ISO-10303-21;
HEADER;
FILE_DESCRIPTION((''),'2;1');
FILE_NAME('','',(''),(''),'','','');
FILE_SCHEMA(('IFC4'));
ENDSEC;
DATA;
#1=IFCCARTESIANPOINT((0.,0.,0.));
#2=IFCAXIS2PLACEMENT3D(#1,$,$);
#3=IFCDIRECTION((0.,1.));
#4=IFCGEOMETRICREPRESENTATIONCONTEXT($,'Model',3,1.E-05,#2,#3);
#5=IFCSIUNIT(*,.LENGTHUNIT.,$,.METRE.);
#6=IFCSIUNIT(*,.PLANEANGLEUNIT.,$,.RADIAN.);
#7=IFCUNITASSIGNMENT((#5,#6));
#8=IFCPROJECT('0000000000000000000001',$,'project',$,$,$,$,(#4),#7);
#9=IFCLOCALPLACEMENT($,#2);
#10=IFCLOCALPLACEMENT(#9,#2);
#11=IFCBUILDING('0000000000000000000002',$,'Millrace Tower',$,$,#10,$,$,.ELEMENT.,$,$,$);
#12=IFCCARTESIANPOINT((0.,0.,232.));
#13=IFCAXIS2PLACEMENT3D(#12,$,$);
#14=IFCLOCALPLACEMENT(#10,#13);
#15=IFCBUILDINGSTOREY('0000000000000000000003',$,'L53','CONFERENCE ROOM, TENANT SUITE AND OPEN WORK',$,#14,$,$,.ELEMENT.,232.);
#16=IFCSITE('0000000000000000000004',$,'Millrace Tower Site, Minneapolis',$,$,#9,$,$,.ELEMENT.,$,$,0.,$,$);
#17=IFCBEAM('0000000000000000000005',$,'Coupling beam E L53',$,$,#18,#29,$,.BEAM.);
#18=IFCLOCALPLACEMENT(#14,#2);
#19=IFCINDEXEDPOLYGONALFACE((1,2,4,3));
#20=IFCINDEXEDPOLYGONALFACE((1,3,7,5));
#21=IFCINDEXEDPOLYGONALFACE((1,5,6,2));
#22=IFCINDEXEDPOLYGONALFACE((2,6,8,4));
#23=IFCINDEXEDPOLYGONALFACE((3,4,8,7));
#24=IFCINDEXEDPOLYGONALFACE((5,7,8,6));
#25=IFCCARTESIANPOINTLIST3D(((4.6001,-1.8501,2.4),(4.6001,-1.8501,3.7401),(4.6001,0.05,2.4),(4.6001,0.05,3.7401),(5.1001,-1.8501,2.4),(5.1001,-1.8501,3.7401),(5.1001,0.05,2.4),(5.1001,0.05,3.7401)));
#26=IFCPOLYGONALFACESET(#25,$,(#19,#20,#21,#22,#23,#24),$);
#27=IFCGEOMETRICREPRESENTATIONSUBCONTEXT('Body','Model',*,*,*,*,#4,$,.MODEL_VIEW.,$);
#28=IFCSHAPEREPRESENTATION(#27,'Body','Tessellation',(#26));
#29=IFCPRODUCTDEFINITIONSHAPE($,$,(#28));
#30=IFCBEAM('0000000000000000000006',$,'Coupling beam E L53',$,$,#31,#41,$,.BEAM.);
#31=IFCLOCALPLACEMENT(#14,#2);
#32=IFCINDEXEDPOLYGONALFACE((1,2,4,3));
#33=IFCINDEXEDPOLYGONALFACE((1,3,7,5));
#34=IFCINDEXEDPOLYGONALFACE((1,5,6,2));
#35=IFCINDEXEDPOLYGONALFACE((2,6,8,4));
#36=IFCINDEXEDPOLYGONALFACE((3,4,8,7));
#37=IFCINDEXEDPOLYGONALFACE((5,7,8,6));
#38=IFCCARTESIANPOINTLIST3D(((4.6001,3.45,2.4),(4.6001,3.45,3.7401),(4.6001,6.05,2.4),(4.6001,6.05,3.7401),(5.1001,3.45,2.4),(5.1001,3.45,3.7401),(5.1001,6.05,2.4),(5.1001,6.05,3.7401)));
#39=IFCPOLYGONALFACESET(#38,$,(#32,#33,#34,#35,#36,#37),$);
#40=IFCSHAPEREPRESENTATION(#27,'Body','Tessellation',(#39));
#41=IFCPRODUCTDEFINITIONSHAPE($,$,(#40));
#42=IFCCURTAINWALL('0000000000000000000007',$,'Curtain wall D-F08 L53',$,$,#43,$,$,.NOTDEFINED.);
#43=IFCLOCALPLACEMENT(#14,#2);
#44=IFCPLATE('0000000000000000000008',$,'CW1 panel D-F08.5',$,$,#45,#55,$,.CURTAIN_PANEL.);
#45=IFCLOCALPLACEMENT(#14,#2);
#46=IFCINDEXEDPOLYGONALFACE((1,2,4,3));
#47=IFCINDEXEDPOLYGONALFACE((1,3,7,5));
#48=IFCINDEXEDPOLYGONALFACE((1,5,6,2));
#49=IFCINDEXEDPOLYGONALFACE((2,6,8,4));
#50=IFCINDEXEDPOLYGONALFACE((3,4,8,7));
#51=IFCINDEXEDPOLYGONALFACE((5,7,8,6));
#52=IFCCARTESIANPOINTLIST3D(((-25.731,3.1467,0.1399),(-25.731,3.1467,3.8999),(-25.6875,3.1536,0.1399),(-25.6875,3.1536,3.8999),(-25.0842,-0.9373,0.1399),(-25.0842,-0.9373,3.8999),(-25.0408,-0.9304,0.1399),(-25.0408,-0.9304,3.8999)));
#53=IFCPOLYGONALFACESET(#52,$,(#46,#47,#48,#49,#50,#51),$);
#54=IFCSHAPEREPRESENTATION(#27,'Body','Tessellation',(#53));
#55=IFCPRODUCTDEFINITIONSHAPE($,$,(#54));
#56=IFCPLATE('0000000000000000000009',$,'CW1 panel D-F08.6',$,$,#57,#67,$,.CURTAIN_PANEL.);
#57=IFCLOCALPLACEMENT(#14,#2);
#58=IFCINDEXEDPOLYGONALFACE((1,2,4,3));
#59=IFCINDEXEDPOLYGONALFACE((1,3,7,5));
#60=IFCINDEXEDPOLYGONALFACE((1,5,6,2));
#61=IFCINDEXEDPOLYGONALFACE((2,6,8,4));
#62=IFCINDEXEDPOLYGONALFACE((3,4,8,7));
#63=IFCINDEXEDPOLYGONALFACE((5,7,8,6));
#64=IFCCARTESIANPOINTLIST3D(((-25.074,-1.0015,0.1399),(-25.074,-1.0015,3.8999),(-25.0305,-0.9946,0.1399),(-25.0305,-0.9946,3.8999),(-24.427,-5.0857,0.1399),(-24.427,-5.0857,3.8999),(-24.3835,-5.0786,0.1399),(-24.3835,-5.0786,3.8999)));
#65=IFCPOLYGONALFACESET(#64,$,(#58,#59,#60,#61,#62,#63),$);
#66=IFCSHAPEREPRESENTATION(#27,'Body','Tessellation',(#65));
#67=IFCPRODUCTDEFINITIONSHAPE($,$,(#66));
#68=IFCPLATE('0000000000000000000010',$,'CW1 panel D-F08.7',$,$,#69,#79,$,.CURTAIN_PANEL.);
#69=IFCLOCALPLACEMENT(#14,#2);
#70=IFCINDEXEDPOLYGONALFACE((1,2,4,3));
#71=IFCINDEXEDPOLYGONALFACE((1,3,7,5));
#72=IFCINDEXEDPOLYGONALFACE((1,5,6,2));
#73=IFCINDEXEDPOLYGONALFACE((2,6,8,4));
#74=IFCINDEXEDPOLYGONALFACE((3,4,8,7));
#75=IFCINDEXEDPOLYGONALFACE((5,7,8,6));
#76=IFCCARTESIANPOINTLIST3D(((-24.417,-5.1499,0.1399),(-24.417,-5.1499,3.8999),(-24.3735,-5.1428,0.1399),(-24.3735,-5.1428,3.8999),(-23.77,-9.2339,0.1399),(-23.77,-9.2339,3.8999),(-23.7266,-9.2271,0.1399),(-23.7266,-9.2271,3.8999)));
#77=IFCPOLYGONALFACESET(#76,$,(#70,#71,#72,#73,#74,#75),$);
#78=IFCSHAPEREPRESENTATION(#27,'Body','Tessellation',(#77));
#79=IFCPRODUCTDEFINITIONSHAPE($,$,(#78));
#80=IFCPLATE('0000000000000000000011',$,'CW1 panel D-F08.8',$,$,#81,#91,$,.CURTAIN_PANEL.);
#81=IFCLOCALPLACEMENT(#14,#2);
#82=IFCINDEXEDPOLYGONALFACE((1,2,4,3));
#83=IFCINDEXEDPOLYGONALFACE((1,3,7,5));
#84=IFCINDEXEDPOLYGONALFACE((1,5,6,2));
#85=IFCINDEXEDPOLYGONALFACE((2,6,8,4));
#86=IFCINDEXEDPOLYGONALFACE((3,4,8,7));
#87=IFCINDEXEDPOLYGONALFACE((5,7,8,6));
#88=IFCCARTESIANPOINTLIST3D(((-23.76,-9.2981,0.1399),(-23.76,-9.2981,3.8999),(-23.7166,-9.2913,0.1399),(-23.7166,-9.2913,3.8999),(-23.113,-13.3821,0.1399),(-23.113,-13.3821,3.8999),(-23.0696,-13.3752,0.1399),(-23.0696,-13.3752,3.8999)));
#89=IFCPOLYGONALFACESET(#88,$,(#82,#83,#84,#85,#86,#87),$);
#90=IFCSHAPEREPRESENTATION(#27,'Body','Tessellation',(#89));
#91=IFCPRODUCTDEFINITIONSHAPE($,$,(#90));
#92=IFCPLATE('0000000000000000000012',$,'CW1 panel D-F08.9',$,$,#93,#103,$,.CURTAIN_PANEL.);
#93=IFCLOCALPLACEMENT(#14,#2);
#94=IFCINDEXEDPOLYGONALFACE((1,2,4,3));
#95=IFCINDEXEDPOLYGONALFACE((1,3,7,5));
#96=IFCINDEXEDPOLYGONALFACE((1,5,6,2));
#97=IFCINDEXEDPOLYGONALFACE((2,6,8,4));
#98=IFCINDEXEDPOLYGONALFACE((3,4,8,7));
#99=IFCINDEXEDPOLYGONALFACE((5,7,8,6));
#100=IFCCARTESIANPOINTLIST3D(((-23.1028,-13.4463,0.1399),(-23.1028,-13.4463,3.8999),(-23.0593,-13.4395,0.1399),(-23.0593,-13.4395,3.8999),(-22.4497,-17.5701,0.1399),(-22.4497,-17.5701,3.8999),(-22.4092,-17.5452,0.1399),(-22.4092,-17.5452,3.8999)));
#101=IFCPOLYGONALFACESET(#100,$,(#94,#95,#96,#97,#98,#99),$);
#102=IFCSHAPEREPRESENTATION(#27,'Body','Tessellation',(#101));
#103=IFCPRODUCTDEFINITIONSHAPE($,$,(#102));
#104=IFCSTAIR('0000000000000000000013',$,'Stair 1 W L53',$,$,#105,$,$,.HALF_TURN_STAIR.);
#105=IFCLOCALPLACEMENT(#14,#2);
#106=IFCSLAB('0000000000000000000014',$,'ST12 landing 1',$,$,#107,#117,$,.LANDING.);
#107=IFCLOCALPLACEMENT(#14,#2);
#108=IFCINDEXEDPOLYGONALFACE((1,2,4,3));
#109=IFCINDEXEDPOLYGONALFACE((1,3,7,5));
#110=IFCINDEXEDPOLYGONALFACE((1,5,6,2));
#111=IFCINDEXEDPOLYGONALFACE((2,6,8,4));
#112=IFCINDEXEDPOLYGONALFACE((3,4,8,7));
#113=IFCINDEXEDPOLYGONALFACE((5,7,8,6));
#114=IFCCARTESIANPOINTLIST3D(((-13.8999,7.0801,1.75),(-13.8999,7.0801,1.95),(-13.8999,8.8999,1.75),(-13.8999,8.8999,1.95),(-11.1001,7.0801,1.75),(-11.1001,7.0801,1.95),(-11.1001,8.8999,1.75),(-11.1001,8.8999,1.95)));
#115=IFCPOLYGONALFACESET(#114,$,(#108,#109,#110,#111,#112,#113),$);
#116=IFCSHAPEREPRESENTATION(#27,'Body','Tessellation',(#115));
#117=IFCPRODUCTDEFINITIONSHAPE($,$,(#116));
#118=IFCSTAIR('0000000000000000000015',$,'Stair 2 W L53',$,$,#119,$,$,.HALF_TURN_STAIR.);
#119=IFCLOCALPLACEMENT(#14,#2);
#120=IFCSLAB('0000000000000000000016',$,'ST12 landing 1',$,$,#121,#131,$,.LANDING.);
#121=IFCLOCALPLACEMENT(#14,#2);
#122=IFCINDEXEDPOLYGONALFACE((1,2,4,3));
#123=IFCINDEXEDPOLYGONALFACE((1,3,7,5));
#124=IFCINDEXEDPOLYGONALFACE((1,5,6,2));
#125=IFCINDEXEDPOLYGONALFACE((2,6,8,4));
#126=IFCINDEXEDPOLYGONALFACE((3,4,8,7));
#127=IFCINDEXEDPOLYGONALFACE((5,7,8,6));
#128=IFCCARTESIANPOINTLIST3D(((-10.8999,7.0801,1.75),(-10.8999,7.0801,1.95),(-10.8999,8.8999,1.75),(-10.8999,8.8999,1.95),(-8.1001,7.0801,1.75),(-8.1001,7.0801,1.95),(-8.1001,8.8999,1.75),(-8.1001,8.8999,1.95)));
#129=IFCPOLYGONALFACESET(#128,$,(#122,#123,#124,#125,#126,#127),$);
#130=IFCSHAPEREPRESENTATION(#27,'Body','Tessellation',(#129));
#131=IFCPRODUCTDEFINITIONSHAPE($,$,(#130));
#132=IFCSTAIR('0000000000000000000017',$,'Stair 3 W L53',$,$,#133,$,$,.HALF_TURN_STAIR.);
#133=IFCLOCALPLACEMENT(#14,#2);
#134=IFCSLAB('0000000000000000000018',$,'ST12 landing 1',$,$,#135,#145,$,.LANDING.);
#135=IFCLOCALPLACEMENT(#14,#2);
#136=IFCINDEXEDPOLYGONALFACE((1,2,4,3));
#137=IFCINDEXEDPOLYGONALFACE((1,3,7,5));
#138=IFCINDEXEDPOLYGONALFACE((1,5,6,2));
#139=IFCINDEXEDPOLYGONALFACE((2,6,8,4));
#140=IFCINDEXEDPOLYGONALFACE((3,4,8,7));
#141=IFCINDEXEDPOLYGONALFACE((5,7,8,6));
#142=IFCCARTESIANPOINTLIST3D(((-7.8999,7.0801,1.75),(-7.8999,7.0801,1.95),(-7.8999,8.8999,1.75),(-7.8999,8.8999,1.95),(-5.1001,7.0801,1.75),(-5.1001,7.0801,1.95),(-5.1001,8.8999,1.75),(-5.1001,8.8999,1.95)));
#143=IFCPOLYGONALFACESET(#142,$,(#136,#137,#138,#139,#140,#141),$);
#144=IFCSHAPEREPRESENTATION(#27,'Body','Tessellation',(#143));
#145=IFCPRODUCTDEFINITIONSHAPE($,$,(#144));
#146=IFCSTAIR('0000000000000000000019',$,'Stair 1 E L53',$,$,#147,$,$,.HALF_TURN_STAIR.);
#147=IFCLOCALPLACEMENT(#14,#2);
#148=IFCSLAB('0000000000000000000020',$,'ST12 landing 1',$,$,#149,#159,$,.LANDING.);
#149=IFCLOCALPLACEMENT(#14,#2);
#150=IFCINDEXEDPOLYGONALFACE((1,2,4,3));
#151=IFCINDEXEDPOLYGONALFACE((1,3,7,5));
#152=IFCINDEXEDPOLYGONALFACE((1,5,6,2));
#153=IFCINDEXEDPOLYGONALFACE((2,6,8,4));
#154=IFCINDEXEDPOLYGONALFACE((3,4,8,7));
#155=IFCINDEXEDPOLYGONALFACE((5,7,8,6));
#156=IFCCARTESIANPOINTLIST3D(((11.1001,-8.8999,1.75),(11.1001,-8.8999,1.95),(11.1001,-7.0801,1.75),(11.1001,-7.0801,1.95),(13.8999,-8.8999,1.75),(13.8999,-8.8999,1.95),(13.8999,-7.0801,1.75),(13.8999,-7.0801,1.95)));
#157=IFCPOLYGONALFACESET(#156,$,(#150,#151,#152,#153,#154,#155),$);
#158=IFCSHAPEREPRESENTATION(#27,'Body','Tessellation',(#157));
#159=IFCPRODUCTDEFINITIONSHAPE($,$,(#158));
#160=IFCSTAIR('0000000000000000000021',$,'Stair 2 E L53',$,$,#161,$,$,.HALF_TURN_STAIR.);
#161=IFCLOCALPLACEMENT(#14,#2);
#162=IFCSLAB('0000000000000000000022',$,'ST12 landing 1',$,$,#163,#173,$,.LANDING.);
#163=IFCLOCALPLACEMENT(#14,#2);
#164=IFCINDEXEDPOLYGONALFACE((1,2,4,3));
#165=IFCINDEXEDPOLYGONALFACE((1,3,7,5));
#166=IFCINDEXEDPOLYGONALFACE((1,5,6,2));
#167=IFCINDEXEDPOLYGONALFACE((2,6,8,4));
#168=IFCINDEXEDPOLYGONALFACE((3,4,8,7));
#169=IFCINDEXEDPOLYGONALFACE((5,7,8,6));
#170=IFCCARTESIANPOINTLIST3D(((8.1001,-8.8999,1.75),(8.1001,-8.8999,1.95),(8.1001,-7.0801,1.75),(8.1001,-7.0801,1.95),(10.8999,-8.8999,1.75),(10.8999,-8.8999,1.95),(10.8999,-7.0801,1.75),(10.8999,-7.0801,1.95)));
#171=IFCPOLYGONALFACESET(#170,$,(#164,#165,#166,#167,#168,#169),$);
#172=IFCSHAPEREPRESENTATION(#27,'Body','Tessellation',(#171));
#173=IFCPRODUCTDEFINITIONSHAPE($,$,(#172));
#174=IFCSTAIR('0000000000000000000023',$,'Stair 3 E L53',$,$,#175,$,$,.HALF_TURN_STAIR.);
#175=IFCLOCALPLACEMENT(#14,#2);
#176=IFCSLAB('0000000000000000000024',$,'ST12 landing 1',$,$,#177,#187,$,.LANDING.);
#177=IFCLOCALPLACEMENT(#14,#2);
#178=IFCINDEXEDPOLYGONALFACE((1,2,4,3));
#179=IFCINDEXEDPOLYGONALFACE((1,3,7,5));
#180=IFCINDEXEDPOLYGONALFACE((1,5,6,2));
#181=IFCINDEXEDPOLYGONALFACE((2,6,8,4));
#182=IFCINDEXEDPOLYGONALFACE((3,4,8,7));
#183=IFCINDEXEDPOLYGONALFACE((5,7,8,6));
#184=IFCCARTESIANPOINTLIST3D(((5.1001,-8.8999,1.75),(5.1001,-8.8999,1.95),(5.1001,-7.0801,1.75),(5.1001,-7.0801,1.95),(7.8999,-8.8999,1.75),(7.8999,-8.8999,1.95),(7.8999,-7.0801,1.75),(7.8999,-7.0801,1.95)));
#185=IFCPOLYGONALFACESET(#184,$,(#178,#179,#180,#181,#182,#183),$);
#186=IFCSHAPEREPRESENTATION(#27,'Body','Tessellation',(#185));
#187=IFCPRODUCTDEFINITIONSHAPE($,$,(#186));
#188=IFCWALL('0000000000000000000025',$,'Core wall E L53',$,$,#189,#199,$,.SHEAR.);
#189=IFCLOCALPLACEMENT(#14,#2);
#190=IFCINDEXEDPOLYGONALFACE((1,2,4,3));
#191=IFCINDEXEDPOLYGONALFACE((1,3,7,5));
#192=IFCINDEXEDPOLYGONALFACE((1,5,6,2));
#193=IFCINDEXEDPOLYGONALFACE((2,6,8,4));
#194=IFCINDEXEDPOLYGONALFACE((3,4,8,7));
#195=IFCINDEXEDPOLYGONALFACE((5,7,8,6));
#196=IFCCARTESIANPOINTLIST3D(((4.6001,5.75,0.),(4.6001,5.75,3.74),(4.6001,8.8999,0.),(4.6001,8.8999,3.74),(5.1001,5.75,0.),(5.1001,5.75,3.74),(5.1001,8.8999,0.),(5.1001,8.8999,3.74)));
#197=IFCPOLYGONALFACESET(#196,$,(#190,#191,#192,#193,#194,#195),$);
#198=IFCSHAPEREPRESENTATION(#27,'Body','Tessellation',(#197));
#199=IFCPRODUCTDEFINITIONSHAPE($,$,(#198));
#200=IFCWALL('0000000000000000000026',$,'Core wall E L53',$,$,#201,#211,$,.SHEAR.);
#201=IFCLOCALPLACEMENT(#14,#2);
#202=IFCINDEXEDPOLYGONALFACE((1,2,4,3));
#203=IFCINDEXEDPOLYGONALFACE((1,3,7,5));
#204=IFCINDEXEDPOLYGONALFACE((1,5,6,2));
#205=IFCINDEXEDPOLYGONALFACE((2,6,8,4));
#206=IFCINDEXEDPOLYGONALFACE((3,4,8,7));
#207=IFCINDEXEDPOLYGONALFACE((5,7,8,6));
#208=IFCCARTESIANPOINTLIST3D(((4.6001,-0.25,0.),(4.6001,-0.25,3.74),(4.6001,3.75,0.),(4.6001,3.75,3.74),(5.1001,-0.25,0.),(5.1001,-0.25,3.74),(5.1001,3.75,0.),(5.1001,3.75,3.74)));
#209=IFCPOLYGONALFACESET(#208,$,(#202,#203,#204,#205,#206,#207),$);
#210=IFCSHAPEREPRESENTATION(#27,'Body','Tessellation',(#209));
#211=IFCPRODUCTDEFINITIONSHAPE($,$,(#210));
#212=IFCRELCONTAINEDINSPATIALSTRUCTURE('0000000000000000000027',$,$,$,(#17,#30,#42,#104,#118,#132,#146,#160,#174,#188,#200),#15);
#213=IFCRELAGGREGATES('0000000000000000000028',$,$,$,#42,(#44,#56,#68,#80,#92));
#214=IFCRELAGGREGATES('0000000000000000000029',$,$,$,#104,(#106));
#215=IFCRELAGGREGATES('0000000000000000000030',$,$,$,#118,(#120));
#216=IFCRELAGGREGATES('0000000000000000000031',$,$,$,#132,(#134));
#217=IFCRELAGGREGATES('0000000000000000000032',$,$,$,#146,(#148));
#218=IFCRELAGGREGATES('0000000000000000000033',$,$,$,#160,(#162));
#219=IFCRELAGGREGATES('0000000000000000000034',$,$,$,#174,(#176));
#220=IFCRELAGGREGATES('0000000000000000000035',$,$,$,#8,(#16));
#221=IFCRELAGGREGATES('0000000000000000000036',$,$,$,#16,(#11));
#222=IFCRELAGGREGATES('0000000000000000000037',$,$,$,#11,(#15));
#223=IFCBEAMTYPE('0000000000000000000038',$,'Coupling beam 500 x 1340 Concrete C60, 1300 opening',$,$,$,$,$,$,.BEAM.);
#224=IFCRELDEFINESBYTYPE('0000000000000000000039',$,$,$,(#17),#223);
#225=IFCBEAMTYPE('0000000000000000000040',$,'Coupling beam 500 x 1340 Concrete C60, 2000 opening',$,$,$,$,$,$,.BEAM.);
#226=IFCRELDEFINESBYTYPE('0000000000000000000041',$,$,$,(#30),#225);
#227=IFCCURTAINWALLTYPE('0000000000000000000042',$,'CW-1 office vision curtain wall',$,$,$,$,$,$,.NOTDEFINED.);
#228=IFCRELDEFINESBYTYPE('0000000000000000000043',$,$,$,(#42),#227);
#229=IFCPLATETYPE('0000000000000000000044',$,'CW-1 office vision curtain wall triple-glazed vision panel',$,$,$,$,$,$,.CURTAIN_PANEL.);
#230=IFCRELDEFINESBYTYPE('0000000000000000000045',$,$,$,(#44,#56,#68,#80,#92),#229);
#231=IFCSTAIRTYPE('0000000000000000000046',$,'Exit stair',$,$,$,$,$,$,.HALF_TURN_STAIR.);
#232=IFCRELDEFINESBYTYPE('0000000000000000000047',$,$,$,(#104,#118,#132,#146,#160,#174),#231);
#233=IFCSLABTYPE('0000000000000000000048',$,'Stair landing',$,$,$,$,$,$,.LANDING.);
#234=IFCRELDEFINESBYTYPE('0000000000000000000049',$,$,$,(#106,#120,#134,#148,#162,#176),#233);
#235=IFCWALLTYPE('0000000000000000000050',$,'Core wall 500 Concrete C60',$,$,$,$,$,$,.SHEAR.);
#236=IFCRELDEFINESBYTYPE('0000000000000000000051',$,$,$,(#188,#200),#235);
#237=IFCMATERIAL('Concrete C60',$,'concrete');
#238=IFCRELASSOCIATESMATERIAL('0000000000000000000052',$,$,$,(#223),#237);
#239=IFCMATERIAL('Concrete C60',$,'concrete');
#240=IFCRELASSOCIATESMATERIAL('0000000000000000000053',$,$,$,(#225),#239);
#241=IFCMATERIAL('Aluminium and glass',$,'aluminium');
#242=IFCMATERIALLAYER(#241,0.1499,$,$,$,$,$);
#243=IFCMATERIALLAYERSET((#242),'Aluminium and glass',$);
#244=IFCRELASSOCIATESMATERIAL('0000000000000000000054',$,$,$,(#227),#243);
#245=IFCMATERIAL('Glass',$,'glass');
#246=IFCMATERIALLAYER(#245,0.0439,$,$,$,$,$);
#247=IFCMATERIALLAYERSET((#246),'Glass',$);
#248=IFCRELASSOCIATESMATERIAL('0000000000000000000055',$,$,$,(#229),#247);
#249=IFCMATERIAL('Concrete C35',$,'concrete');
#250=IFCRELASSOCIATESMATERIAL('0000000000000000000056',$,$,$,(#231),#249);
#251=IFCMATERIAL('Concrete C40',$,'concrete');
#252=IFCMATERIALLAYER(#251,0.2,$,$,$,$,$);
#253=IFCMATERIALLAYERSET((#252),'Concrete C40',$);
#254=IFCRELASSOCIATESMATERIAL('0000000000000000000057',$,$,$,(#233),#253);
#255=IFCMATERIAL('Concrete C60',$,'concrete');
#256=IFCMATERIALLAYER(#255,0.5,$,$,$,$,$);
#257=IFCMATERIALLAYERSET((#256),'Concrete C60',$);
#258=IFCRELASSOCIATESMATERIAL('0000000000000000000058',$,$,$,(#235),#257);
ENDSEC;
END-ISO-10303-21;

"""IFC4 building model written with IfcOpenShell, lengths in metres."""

from ifc_helpers import new_model, si_unit, direction, frame, frame_2d, origin, origin_2d, place, context, subcontext, project, spatial, polyline, rectangle, outline, extrude, material, layer, layer_set, material_profile, profile_set, type_object, element, aggregate, save


model = new_model("IFC4")

# Units and contexts
model_context = context("Model", 3, precision=1e-05, world=origin(), true_north=direction((0.0, 1.0)))
body_context = subcontext(model_context, "Body", "Model", "MODEL_VIEW")
ifc_project = project(units=[si_unit("LENGTHUNIT", "METRE"), si_unit("PLANEANGLEUNIT", "RADIAN")], contexts=[model_context])

# Site, building, storey
site_placement = place(None, origin())
site = spatial("IfcSite", under=ifc_project, at=site_placement, Name="Millrace Tower Site, Minneapolis", CompositionType="ELEMENT", RefElevation=0.0)
building_placement = place(site_placement, origin())
building = spatial("IfcBuilding", under=site, at=building_placement, Name="Millrace Tower", CompositionType="ELEMENT")
storey_placement = place(building_placement, frame((0.0, 0.0, 232.0)))
storey = spatial("IfcBuildingStorey", under=building, at=storey_placement, Name="L53", Description="CONFERENCE ROOM, TENANT SUITE AND OPEN WORK", CompositionType="ELEMENT", Elevation=232.0)

# Beams
ifc_material_1 = material(Name="Concrete C60", Category="concrete")
ifc_material_profile_1 = material_profile(ifc_material_1, rectangle(XDim=0.5, YDim=1.3401, at=origin_2d()))
ifc_profile_set_1 = profile_set([ifc_material_profile_1], Name="Concrete C60")
beam_type_1 = type_object("IfcBeamType", Name="Coupling beam 500 x 1340 Concrete C60, 1300 opening", PredefinedType="BEAM", material=ifc_profile_set_1)
beam_1_placement = place(storey_placement, frame((4.8501, 0.05, 3.0701), z_axis=(0.0, -1.0, 0.0), x_axis=(1.0, 0.0, 0.0)))
element("IfcBeam", 1, at=beam_1_placement, inside=storey, type_object=beam_type_1, Name="Coupling beam E L53", PredefinedType="BEAM", context=body_context, shape_type="SweptSolid", body=[
    extrude(rectangle(XDim=0.5, YDim=1.3401, at=origin_2d()), origin(), (0.0, 0.0, 1.0), 1.9001),
])
ifc_material_2 = material(Name="Concrete C60", Category="concrete")
ifc_material_profile_2 = material_profile(ifc_material_2, rectangle(XDim=0.5, YDim=1.3401, at=origin_2d()))
ifc_profile_set_2 = profile_set([ifc_material_profile_2], Name="Concrete C60")
beam_type_2 = type_object("IfcBeamType", Name="Coupling beam 500 x 1340 Concrete C60, 2000 opening", PredefinedType="BEAM", material=ifc_profile_set_2)
beam_2_placement = place(storey_placement, frame((4.8501, 6.05, 3.0701), z_axis=(0.0, -1.0, 0.0), x_axis=(1.0, 0.0, 0.0)))
element("IfcBeam", 2, at=beam_2_placement, inside=storey, type_object=beam_type_2, Name="Coupling beam E L53", PredefinedType="BEAM", context=body_context, shape_type="SweptSolid", body=[
    extrude(rectangle(XDim=0.5, YDim=1.3401, at=origin_2d()), origin(), (0.0, 0.0, 1.0), 2.6001),
])

# Curtain wall, plates
ifc_material_3 = material(Name="Aluminium and glass", Category="aluminium")
ifc_layer_1 = layer(ifc_material_3, 0.1499)
ifc_layer_set_1 = layer_set([ifc_layer_1], Name="Aluminium and glass")
curtain_wall_type = type_object("IfcCurtainWallType", Name="CW-1 office vision curtain wall", PredefinedType="NOTDEFINED", material=ifc_layer_set_1)
placement_1 = place(storey_placement, origin())
curtain_wall = element("IfcCurtainWall", 3, at=placement_1, inside=storey, type_object=curtain_wall_type, Name="Curtain wall D-F08 L53", PredefinedType="NOTDEFINED")
ifc_material_4 = material(Name="Glass", Category="glass")
ifc_layer_2 = layer(ifc_material_4, 0.0439)
ifc_layer_set_2 = layer_set([ifc_layer_2], Name="Glass")
plate_type = type_object("IfcPlateType", Name="CW-1 office vision curtain wall triple-glazed vision panel", PredefinedType="CURTAIN_PANEL", material=ifc_layer_set_2)
placement_2 = place(storey_placement, frame((0.0, 0.0, 0.1399)))
plate_1 = element("IfcPlate", 4, at=placement_2, type_object=plate_type, Name="CW1 panel D-F08.5", PredefinedType="CURTAIN_PANEL", context=body_context, shape_type="SweptSolid", body=[
    extrude(outline(polyline([(-25.731, 3.1467), (-25.0842, -0.9373), (-25.0408, -0.9304), (-25.6875, 3.1536), (-25.731, 3.1467)])), origin(), (0.0, 0.0, 1.0), 3.76),
])
plate_2 = element("IfcPlate", 5, at=placement_2, type_object=plate_type, Name="CW1 panel D-F08.6", PredefinedType="CURTAIN_PANEL", context=body_context, shape_type="SweptSolid", body=[
    extrude(outline(polyline([(-25.074, -1.0015), (-24.427, -5.0857), (-24.3835, -5.0786), (-25.0305, -0.9946), (-25.074, -1.0015)])), origin(), (0.0, 0.0, 1.0), 3.76),
])
plate_3 = element("IfcPlate", 6, at=placement_2, type_object=plate_type, Name="CW1 panel D-F08.7", PredefinedType="CURTAIN_PANEL", context=body_context, shape_type="SweptSolid", body=[
    extrude(outline(polyline([(-24.417, -5.1499), (-23.77, -9.2339), (-23.7266, -9.2271), (-24.3735, -5.1428), (-24.417, -5.1499)])), origin(), (0.0, 0.0, 1.0), 3.76),
])
plate_4 = element("IfcPlate", 7, at=placement_2, type_object=plate_type, Name="CW1 panel D-F08.8", PredefinedType="CURTAIN_PANEL", context=body_context, shape_type="SweptSolid", body=[
    extrude(outline(polyline([(-23.76, -9.2981), (-23.113, -13.3821), (-23.0696, -13.3752), (-23.7166, -9.2913), (-23.76, -9.2981)])), origin(), (0.0, 0.0, 1.0), 3.76),
])
plate_5 = element("IfcPlate", 8, at=placement_2, type_object=plate_type, Name="CW1 panel D-F08.9", PredefinedType="CURTAIN_PANEL", context=body_context, shape_type="SweptSolid", body=[
    extrude(outline(polyline([(-23.1028, -13.4463), (-22.4497, -17.5701), (-22.4092, -17.5452), (-23.0593, -13.4395), (-23.1028, -13.4463)])), origin(), (0.0, 0.0, 1.0), 3.76),
])
aggregate(curtain_wall, [plate_1, plate_2, plate_3, plate_4, plate_5])

# Stairs, slabs
ifc_material_5 = material(Name="Concrete C35", Category="concrete")
stair_type = type_object("IfcStairType", Name="Exit stair", PredefinedType="HALF_TURN_STAIR", material=ifc_material_5)
stair_1 = element("IfcStair", 9, at=placement_1, inside=storey, type_object=stair_type, Name="Stair 1 W L53", PredefinedType="HALF_TURN_STAIR")
ifc_material_6 = material(Name="Concrete C40", Category="concrete")
ifc_layer_3 = layer(ifc_material_6, 0.2)
ifc_layer_set_3 = layer_set([ifc_layer_3], Name="Concrete C40")
slab_type = type_object("IfcSlabType", Name="Stair landing", PredefinedType="LANDING", material=ifc_layer_set_3)
placement_3 = place(storey_placement, frame((0.0, 0.0, 1.75)))
slab_1 = element("IfcSlab", 10, at=placement_3, type_object=slab_type, Name="ST12 landing 1", PredefinedType="LANDING", context=body_context, shape_type="SweptSolid", body=[
    extrude(outline(polyline([(-13.8999, 7.0801), (-11.1001, 7.0801), (-11.1001, 8.8999), (-13.8999, 8.8999), (-13.8999, 7.0801)])), origin(), (0.0, 0.0, 1.0), 0.2),
])
aggregate(stair_1, [slab_1])
stair_2 = element("IfcStair", 11, at=placement_1, inside=storey, type_object=stair_type, Name="Stair 2 W L53", PredefinedType="HALF_TURN_STAIR")
slab_2 = element("IfcSlab", 12, at=placement_3, type_object=slab_type, Name="ST12 landing 1", PredefinedType="LANDING", context=body_context, shape_type="SweptSolid", body=[
    extrude(outline(polyline([(-10.8999, 7.0801), (-8.1001, 7.0801), (-8.1001, 8.8999), (-10.8999, 8.8999), (-10.8999, 7.0801)])), origin(), (0.0, 0.0, 1.0), 0.2),
])
aggregate(stair_2, [slab_2])
stair_3 = element("IfcStair", 13, at=placement_1, inside=storey, type_object=stair_type, Name="Stair 3 W L53", PredefinedType="HALF_TURN_STAIR")
slab_3 = element("IfcSlab", 14, at=placement_3, type_object=slab_type, Name="ST12 landing 1", PredefinedType="LANDING", context=body_context, shape_type="SweptSolid", body=[
    extrude(outline(polyline([(-7.8999, 7.0801), (-5.1001, 7.0801), (-5.1001, 8.8999), (-7.8999, 8.8999), (-7.8999, 7.0801)])), origin(), (0.0, 0.0, 1.0), 0.2),
])
aggregate(stair_3, [slab_3])
stair_4 = element("IfcStair", 15, at=placement_1, inside=storey, type_object=stair_type, Name="Stair 1 E L53", PredefinedType="HALF_TURN_STAIR")
slab_4 = element("IfcSlab", 16, at=placement_3, type_object=slab_type, Name="ST12 landing 1", PredefinedType="LANDING", context=body_context, shape_type="SweptSolid", body=[
    extrude(outline(polyline([(11.1001, -8.8999), (13.8999, -8.8999), (13.8999, -7.0801), (11.1001, -7.0801), (11.1001, -8.8999)])), origin(), (0.0, 0.0, 1.0), 0.2),
])
aggregate(stair_4, [slab_4])
stair_5 = element("IfcStair", 17, at=placement_1, inside=storey, type_object=stair_type, Name="Stair 2 E L53", PredefinedType="HALF_TURN_STAIR")
slab_5 = element("IfcSlab", 18, at=placement_3, type_object=slab_type, Name="ST12 landing 1", PredefinedType="LANDING", context=body_context, shape_type="SweptSolid", body=[
    extrude(outline(polyline([(8.1001, -8.8999), (10.8999, -8.8999), (10.8999, -7.0801), (8.1001, -7.0801), (8.1001, -8.8999)])), origin(), (0.0, 0.0, 1.0), 0.2),
])
aggregate(stair_5, [slab_5])
stair_6 = element("IfcStair", 19, at=placement_1, inside=storey, type_object=stair_type, Name="Stair 3 E L53", PredefinedType="HALF_TURN_STAIR")
slab_6 = element("IfcSlab", 20, at=placement_3, type_object=slab_type, Name="ST12 landing 1", PredefinedType="LANDING", context=body_context, shape_type="SweptSolid", body=[
    extrude(outline(polyline([(5.1001, -8.8999), (7.8999, -8.8999), (7.8999, -7.0801), (5.1001, -7.0801), (5.1001, -8.8999)])), origin(), (0.0, 0.0, 1.0), 0.2),
])
aggregate(stair_6, [slab_6])

# Walls
ifc_material_7 = material(Name="Concrete C60", Category="concrete")
ifc_layer_4 = layer(ifc_material_7, 0.5)
ifc_layer_set_4 = layer_set([ifc_layer_4], Name="Concrete C60")
wall_type_1 = type_object("IfcWallType", Name="Core wall 500 Concrete C60", PredefinedType="SHEAR", material=ifc_layer_set_4)
wall_1_placement = place(storey_placement, frame((4.8501, 8.8999, 0.0), z_axis=(0.0, 0.0, 1.0), x_axis=(0.0, -1.0, 0.0)))
element("IfcWall", 21, at=wall_1_placement, inside=storey, type_object=wall_type_1, Name="Core wall E L53", PredefinedType="SHEAR", context=body_context, shape_type="SweptSolid", body=[
    extrude(rectangle(XDim=3.1499, YDim=0.5, at=frame_2d((1.575, 0.0))), origin(), (0.0, 0.0, 1.0), 3.74),
])
wall_2_placement = place(storey_placement, frame((4.8501, 3.75, 0.0), z_axis=(0.0, 0.0, 1.0), x_axis=(0.0, -1.0, 0.0)))
element("IfcWall", 22, at=wall_2_placement, inside=storey, type_object=wall_type_1, Name="Core wall E L53", PredefinedType="SHEAR", context=body_context, shape_type="SweptSolid", body=[
    extrude(rectangle(XDim=4.0, YDim=0.5, at=frame_2d((2.0, 0.0))), origin(), (0.0, 0.0, 1.0), 3.74),
])

save(model, "model.ifc")
